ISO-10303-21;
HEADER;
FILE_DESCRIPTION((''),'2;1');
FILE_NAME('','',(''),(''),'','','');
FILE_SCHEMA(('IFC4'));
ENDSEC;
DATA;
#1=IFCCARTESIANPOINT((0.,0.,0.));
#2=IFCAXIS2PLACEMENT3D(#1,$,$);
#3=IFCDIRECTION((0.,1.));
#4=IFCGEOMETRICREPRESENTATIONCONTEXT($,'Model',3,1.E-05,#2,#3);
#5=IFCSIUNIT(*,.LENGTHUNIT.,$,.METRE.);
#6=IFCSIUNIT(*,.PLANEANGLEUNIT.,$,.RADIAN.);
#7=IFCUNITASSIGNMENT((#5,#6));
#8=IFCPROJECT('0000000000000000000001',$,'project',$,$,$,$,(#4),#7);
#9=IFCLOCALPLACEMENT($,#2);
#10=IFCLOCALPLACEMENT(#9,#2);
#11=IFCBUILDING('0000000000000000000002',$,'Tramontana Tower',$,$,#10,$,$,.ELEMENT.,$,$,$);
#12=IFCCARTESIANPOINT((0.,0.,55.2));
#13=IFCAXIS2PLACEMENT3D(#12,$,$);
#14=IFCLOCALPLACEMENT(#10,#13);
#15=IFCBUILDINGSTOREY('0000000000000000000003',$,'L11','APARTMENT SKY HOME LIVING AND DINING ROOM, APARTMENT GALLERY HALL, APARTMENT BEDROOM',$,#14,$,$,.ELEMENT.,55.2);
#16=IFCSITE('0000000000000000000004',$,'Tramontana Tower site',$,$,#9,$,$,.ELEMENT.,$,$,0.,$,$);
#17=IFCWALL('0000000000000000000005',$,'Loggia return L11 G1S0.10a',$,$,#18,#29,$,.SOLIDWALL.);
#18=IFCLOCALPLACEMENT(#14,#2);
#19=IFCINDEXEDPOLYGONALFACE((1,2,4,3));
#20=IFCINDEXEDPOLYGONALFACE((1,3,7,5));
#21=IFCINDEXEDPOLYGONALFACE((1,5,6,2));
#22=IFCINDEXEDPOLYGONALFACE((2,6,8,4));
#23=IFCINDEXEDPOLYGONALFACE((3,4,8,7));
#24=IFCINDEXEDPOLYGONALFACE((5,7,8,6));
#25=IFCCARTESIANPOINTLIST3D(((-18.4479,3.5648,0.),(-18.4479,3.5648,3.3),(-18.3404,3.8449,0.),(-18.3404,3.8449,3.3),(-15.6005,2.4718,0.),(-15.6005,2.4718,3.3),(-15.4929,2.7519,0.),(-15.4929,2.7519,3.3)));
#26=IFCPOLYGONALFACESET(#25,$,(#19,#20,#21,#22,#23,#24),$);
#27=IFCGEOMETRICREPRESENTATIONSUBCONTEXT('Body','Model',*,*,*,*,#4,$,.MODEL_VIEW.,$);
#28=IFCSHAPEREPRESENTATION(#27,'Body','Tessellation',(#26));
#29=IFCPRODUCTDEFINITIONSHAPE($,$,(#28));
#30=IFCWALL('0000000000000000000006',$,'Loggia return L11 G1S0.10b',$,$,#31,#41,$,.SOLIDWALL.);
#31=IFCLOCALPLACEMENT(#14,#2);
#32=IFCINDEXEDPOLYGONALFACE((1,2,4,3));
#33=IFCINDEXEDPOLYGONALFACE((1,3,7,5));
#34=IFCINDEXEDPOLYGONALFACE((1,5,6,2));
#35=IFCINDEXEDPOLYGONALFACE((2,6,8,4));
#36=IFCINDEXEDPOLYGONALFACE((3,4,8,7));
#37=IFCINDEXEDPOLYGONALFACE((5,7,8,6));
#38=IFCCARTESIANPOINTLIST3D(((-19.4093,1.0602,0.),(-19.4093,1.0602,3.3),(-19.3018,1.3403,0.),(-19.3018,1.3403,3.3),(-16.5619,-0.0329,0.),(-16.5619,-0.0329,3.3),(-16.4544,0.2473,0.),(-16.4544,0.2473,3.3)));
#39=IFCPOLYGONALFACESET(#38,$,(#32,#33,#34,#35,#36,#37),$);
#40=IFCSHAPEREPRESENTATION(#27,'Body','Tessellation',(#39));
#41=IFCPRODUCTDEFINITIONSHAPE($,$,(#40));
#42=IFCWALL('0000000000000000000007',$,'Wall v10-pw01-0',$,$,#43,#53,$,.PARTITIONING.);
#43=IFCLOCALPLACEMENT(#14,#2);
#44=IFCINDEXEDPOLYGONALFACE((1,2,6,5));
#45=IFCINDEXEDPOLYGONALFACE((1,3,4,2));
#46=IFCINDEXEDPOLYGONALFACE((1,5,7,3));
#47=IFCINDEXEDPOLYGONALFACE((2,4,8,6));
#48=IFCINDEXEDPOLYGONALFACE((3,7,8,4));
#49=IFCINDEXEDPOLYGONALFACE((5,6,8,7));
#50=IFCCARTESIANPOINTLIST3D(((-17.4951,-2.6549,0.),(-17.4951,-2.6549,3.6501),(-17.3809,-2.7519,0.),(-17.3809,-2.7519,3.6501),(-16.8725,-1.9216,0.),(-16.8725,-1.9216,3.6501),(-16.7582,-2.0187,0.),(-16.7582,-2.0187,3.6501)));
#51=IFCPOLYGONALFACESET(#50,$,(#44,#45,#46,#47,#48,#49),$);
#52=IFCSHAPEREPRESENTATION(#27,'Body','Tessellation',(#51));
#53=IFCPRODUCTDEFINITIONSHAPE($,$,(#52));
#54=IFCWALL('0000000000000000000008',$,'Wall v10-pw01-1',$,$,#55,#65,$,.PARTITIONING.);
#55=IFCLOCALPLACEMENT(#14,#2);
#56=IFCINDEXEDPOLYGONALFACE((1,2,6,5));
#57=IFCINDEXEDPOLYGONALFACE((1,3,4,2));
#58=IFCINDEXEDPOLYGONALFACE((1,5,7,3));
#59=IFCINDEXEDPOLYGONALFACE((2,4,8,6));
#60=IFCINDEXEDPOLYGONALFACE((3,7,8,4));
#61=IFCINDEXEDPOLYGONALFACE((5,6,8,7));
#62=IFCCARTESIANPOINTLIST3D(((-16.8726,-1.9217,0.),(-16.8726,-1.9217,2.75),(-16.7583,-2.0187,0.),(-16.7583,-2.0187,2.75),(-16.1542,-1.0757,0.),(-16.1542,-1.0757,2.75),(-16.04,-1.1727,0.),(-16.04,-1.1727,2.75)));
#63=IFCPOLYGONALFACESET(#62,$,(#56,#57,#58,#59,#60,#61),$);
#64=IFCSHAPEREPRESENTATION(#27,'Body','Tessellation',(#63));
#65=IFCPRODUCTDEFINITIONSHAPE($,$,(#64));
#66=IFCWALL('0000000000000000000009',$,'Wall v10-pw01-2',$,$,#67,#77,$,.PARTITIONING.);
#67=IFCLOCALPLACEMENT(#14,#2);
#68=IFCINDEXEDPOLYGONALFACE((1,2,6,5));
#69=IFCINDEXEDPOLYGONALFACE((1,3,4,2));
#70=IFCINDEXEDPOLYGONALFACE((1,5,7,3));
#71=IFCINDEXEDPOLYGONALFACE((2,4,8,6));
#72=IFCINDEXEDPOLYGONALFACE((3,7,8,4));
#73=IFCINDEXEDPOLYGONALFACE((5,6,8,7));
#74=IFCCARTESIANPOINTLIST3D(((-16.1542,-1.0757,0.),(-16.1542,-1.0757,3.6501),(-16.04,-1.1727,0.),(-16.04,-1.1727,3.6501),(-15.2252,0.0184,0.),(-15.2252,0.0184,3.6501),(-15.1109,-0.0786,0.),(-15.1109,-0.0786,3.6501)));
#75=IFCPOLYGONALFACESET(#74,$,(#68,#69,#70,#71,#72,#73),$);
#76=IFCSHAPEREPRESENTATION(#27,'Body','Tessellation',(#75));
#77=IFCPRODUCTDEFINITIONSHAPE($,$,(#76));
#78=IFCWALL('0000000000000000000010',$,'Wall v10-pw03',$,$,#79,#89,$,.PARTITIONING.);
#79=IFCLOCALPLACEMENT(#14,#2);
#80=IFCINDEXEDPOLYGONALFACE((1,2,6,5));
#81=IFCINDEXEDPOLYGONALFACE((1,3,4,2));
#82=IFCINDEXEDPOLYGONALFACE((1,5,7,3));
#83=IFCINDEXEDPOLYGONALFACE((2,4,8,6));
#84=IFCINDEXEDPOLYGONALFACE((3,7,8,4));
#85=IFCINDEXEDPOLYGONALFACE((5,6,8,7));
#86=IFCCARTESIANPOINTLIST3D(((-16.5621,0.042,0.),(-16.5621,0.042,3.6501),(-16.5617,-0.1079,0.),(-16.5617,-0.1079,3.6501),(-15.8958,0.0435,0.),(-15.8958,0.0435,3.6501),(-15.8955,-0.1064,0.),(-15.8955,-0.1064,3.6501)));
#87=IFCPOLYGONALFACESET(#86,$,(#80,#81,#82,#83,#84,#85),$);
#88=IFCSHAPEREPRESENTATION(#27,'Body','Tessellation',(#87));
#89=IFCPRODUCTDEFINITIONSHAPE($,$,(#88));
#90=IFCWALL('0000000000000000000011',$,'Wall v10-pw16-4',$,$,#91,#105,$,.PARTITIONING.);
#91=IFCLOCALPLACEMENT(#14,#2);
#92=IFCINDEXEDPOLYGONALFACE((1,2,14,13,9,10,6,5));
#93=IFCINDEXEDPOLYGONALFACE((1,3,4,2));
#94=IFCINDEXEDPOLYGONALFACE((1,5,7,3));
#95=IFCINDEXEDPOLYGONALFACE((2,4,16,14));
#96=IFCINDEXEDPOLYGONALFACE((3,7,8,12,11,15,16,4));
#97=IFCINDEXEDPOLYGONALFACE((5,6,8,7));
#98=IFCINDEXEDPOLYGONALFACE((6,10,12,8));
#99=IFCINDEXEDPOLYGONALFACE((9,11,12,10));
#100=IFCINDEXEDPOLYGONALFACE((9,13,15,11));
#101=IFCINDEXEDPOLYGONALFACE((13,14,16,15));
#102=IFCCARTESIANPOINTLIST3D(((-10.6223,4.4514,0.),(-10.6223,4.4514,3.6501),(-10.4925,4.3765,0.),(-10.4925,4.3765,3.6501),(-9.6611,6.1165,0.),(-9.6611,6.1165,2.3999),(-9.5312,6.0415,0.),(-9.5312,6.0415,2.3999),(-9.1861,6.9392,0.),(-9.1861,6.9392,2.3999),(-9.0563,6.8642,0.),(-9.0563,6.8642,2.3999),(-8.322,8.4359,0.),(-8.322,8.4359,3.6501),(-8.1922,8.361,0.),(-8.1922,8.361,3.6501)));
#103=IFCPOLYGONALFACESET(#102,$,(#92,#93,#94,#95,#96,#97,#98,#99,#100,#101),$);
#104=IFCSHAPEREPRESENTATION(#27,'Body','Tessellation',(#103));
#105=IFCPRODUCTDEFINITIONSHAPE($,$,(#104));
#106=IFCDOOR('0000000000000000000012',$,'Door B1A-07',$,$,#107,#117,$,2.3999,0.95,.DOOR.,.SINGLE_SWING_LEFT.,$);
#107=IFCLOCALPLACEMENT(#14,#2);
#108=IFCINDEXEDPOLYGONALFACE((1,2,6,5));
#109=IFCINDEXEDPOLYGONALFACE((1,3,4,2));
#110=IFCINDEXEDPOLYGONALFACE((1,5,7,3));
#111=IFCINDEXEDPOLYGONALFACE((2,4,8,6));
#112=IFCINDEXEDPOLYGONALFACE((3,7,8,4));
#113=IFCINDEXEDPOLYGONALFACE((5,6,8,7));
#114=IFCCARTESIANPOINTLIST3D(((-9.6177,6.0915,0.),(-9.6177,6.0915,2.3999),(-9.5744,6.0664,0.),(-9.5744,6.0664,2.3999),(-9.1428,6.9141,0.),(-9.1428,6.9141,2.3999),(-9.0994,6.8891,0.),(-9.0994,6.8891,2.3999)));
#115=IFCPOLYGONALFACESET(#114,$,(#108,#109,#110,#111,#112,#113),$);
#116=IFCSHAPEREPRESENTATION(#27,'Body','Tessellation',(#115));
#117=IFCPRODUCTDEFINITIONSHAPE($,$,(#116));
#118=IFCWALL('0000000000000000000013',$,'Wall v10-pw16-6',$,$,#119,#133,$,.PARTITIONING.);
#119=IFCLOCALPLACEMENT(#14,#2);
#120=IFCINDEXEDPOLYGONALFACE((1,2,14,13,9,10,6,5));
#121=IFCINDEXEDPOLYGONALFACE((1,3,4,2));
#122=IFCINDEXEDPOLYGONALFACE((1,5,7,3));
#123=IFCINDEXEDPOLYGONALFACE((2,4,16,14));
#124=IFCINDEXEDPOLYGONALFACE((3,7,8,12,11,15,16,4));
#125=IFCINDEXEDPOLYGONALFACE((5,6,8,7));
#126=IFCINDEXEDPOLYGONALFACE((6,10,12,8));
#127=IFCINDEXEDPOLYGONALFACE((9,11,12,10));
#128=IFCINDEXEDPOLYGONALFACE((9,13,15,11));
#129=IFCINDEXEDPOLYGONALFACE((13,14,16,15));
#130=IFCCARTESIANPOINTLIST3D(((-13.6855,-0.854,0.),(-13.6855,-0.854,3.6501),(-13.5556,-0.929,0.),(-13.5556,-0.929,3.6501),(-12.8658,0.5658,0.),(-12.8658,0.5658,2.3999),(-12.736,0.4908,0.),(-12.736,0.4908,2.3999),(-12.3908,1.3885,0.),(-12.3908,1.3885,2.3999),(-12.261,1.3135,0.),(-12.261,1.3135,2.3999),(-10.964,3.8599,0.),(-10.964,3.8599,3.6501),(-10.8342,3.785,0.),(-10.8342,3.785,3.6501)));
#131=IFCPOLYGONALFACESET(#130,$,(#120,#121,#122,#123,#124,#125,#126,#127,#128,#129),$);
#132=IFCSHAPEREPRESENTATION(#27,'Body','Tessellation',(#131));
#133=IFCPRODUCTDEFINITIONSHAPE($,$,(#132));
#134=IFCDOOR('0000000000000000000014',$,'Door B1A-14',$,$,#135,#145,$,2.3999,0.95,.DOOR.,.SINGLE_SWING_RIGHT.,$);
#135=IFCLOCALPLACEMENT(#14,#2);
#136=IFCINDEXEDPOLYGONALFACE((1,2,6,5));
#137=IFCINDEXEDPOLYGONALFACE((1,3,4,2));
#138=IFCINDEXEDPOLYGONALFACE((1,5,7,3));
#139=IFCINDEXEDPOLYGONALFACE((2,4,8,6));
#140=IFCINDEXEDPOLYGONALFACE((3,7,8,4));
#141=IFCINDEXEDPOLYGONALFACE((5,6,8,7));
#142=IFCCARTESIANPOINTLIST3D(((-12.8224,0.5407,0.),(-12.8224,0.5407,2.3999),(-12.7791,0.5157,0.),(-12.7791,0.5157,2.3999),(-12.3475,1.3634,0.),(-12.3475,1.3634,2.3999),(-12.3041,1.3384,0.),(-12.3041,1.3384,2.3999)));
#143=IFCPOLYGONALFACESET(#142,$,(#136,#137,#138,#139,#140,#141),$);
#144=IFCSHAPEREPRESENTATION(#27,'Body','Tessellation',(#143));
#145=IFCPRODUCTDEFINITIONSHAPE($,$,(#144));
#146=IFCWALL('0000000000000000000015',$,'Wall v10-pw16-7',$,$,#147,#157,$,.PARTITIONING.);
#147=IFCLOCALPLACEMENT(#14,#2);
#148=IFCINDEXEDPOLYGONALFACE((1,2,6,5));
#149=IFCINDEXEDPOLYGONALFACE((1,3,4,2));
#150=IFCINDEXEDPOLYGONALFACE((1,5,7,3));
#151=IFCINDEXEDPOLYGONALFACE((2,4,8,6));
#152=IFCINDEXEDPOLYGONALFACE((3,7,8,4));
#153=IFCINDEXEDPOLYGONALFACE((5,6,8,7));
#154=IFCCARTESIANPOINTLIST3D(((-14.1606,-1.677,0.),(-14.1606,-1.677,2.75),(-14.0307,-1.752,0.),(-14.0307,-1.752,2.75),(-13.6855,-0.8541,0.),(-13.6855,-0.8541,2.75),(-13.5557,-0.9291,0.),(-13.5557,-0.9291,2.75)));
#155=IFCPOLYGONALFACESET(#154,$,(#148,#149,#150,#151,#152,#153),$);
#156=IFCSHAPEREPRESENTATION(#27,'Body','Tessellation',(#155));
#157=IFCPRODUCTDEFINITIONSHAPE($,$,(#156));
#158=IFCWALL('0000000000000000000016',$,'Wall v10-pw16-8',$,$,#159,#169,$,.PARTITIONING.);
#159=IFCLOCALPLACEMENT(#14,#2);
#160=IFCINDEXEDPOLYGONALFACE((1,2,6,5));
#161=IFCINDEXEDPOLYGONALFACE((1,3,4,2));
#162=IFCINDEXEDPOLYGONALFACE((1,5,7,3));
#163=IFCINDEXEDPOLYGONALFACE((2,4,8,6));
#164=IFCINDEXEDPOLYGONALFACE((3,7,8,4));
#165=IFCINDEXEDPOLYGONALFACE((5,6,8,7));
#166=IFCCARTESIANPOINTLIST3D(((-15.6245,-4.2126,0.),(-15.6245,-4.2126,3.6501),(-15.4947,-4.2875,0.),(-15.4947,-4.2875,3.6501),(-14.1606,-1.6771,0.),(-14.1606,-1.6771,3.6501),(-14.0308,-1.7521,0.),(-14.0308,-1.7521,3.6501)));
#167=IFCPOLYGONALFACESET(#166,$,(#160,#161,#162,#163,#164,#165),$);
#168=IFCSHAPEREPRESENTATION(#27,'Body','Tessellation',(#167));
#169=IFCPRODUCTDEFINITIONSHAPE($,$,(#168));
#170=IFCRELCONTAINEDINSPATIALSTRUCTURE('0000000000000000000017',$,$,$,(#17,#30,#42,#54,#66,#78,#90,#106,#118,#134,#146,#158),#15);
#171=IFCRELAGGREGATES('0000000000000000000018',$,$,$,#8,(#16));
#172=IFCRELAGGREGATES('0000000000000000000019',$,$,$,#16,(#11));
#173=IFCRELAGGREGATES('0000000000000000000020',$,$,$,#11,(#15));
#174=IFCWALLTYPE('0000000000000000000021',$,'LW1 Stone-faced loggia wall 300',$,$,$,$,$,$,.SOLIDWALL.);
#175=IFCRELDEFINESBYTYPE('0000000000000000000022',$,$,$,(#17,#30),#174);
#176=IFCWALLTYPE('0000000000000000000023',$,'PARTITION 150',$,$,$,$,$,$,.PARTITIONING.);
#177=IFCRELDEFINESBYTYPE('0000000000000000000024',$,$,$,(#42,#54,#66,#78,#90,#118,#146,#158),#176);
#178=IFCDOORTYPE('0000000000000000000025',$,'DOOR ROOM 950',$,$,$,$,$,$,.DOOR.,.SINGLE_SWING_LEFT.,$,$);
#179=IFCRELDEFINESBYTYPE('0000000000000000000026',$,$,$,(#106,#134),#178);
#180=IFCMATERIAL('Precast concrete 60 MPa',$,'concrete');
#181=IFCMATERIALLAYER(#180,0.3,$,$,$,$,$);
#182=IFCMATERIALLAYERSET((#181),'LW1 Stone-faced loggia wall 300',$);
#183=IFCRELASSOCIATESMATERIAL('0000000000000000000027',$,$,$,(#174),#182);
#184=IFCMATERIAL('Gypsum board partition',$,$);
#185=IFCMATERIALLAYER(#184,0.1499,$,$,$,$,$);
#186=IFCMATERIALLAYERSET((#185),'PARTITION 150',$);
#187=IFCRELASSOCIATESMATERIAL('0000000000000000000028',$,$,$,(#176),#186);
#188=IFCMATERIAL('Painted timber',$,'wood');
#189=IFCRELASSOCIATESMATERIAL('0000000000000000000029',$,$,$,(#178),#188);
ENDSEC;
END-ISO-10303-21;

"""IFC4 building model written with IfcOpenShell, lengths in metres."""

from ifc_helpers import new_model, si_unit, direction, frame, frame_2d, origin, place, context, subcontext, project, spatial, rectangle, extrude, material, layer, layer_set, type_object, element, fill, save


model = new_model("IFC4")

# Units and contexts
model_context = context("Model", 3, precision=1e-05, world=origin(), true_north=direction((0.0, 1.0)))
body_context = subcontext(model_context, "Body", "Model", "MODEL_VIEW")
ifc_project = project(units=[si_unit("LENGTHUNIT", "METRE"), si_unit("PLANEANGLEUNIT", "RADIAN")], contexts=[model_context])

# Site, building, storey
site_placement = place(None, origin())
site = spatial("IfcSite", under=ifc_project, at=site_placement, Name="Tramontana Tower site", CompositionType="ELEMENT", RefElevation=0.0)
building_placement = place(site_placement, origin())
building = spatial("IfcBuilding", under=site, at=building_placement, Name="Tramontana Tower", CompositionType="ELEMENT")
storey_placement = place(building_placement, frame((0.0, 0.0, 55.2)))
storey = spatial("IfcBuildingStorey", under=building, at=storey_placement, Name="L11", Description="APARTMENT SKY HOME LIVING AND DINING ROOM, APARTMENT GALLERY HALL, APARTMENT BEDROOM", CompositionType="ELEMENT", Elevation=55.2)

# Shared definitions
ifc_material_1 = material(Name="Precast concrete 60 MPa", Category="concrete")
ifc_layer_1 = layer(ifc_material_1, 0.3)
ifc_layer_set_1 = layer_set([ifc_layer_1], Name="LW1 Stone-faced loggia wall 300")
wall_type_1 = type_object("IfcWallType", Name="LW1 Stone-faced loggia wall 300", PredefinedType="SOLIDWALL", material=ifc_layer_set_1)

# Walls
for number, where, z_axis, x_axis, name in (
    (1, (-18.394, 3.7048, 0.0), (0.0, 0.0, 1.0), (0.933581, -0.358368, 0.0), "Loggia return L11 G1S0.10a"),
    (2, (-19.3555, 1.2002, 0.0), (0.0, 0.0, 1.0), (0.933581, -0.358368, 0.0), "Loggia return L11 G1S0.10b"),
):
    element("IfcWall", number, at=place(storey_placement, frame(where, z_axis=z_axis, x_axis=x_axis)), inside=storey, type_object=wall_type_1, Name=name, PredefinedType="SOLIDWALL", context=body_context, shape_type="SweptSolid", body=[
        extrude(rectangle(XDim=3.05, YDim=0.3, at=frame_2d((1.5249, 0.0))), origin(), (0.0, 0.0, 1.0), 3.3),
    ])
ifc_material_2 = material(Name="Gypsum board partition")
ifc_layer_2 = layer(ifc_material_2, 0.1499)
ifc_layer_set_2 = layer_set([ifc_layer_2], Name="PARTITION 150")
wall_type_2 = type_object("IfcWallType", Name="PARTITION 150", PredefinedType="PARTITIONING", material=ifc_layer_set_2)
wall_1_placement = place(storey_placement, frame((-17.438, -2.7034, 0.0), z_axis=(0.0, 0.0, 1.0), x_axis=(0.647273, 0.762259, 0.0)))
element("IfcWall", 3, at=wall_1_placement, inside=storey, type_object=wall_type_2, Name="Wall v10-pw01-0", PredefinedType="PARTITIONING", context=body_context, shape_type="SweptSolid", body=[
    extrude(rectangle(XDim=0.9619, YDim=0.1499, at=frame_2d((0.481, 0.0))), origin(), (0.0, 0.0, 1.0), 3.6501),
])
wall_2_placement = place(storey_placement, frame((-16.8154, -1.9702, 0.0), z_axis=(0.0, 0.0, 1.0), x_axis=(0.647233, 0.762292, 0.0)))
element("IfcWall", 4, at=wall_2_placement, inside=storey, type_object=wall_type_2, Name="Wall v10-pw01-1", PredefinedType="PARTITIONING", context=body_context, shape_type="SweptSolid", body=[
    extrude(rectangle(XDim=1.1099, YDim=0.1499, at=frame_2d((0.5549, 0.0))), origin(), (0.0, 0.0, 1.0), 2.75),
])
wall_3_placement = place(storey_placement, frame((-16.0972, -1.1243, 0.0), z_axis=(0.0, 0.0, 1.0), x_axis=(0.647268, 0.762262, 0.0)))
element("IfcWall", 5, at=wall_3_placement, inside=storey, type_object=wall_type_2, Name="Wall v10-pw01-2", PredefinedType="PARTITIONING", context=body_context, shape_type="SweptSolid", body=[
    extrude(rectangle(XDim=1.4353, YDim=0.1499, at=frame_2d((0.7178, 0.0))), origin(), (0.0, 0.0, 1.0), 3.6501),
])

# Wall
wall_4_placement = place(storey_placement, frame((-16.5618, -0.033, 0.0), z_axis=(0.0, 0.0, 1.0), x_axis=(0.999998, 0.002199, 0.0)))
element("IfcWall", 6, at=wall_4_placement, inside=storey, type_object=wall_type_2, Name="Wall v10-pw03", PredefinedType="PARTITIONING", context=body_context, shape_type="SweptSolid", body=[
    extrude(rectangle(XDim=0.6663, YDim=0.1499, at=frame_2d((0.333, 0.0))), origin(), (0.0, 0.0, 1.0), 3.6501),
])

# Walls, openings, doors
wall_5_placement = place(storey_placement, frame((-10.5574, 4.4141, 0.0), z_axis=(0.0, 0.0, 1.0), x_axis=(0.499986, 0.866034, 0.0)))
wall_5 = element("IfcWall", 7, at=wall_5_placement, inside=storey, type_object=wall_type_2, Name="Wall v10-pw16-4", PredefinedType="PARTITIONING", context=body_context, shape_type="SweptSolid", body=[
    extrude(rectangle(XDim=4.6008, YDim=0.1499, at=frame_2d((2.3003, 0.0))), origin(), (0.0, 0.0, 1.0), 3.6501),
])
opening_1_placement = place(wall_5_placement, frame((1.9224, 0.0, 0.0)))
opening_1 = element("IfcOpeningElement", 8, at=opening_1_placement, cuts=wall_5, PredefinedType="OPENING", context=body_context, shape_type="SweptSolid", body=[
    extrude(rectangle(XDim=0.95, YDim=2.3999, at=frame_2d((0.4751, 1.2))), frame((0.0, 0.085, 0.0), z_axis=(0.0, -1.0, 0.0), x_axis=(1.0, 0.0, 0.0)), (0.0, 0.0, 1.0), 0.1699),
])
ifc_material_3 = material(Name="Painted timber", Category="wood")
door_type_1 = type_object("IfcDoorType", Name="DOOR ROOM 950", OperationType="SINGLE_SWING_LEFT", PredefinedType="DOOR", material=ifc_material_3)
door_1_placement = place(opening_1_placement, origin())
door_1 = element("IfcDoor", 9, at=door_1_placement, inside=storey, type_object=door_type_1, Name="Door B1A-07", OperationType="SINGLE_SWING_LEFT", OverallHeight=2.3999, OverallWidth=0.95, PredefinedType="DOOR", context=body_context, shape_type="SweptSolid", body=[
    extrude(rectangle(XDim=0.95, YDim=2.3999, at=frame_2d((0.4751, 1.2))), frame((0.0, 0.0249, 0.0), z_axis=(0.0, -1.0, 0.0), x_axis=(1.0, 0.0, 0.0)), (0.0, 0.0, 1.0), 0.05),
])
fill(opening_1, door_1)
wall_6_placement = place(storey_placement, frame((-13.6206, -0.8916, 0.0), z_axis=(0.0, 0.0, 1.0), x_axis=(0.499984, 0.866035, 0.0)))
wall_6 = element("IfcWall", 10, at=wall_6_placement, inside=storey, type_object=wall_type_2, Name="Wall v10-pw16-6", PredefinedType="PARTITIONING", context=body_context, shape_type="SweptSolid", body=[
    extrude(rectangle(XDim=5.4431, YDim=0.1499, at=frame_2d((2.7217, 0.0))), origin(), (0.0, 0.0, 1.0), 3.6501),
])
opening_2_placement = place(wall_6_placement, frame((1.6394, 0.0, 0.0)))
opening_2 = element("IfcOpeningElement", 11, at=opening_2_placement, cuts=wall_6, PredefinedType="OPENING", context=body_context, shape_type="SweptSolid", body=[
    extrude(rectangle(XDim=0.95, YDim=2.3999, at=frame_2d((0.4751, 1.2))), frame((0.0, 0.085, 0.0), z_axis=(0.0, -1.0, 0.0), x_axis=(1.0, 0.0, 0.0)), (0.0, 0.0, 1.0), 0.1699),
])
door_2_placement = place(opening_2_placement, origin())
door_2 = element("IfcDoor", 12, at=door_2_placement, inside=storey, type_object=door_type_1, Name="Door B1A-14", OperationType="SINGLE_SWING_RIGHT", OverallHeight=2.3999, OverallWidth=0.95, PredefinedType="DOOR", context=body_context, shape_type="SweptSolid", body=[
    extrude(rectangle(XDim=0.95, YDim=2.3999, at=frame_2d((0.4751, 1.2))), frame((0.0, 0.0249, 0.0), z_axis=(0.0, -1.0, 0.0), x_axis=(1.0, 0.0, 0.0)), (0.0, 0.0, 1.0), 0.05),
])
fill(opening_2, door_2)

# Walls
wall_7_placement = place(storey_placement, frame((-13.6206, -0.8916, 0.0), z_axis=(0.0, 0.0, 1.0), x_axis=(-0.499952, -0.866053, 0.0)))
element("IfcWall", 13, at=wall_7_placement, inside=storey, type_object=wall_type_2, Name="Wall v10-pw16-7", PredefinedType="PARTITIONING", context=body_context, shape_type="SweptSolid", body=[
    extrude(rectangle(XDim=0.9502, YDim=0.1499, at=frame_2d((0.4751, 0.0))), origin(), (0.0, 0.0, 1.0), 2.75),
])
wall_8_placement = place(storey_placement, frame((-14.0957, -1.7146, 0.0), z_axis=(0.0, 0.0, 1.0), x_axis=(-0.500014, -0.866018, 0.0)))
element("IfcWall", 14, at=wall_8_placement, inside=storey, type_object=wall_type_2, Name="Wall v10-pw16-8", PredefinedType="PARTITIONING", context=body_context, shape_type="SweptSolid", body=[
    extrude(rectangle(XDim=2.9277, YDim=0.1499, at=frame_2d((1.4639, 0.0))), origin(), (0.0, 0.0, 1.0), 3.6501),
])

save(model, "model.ifc")
